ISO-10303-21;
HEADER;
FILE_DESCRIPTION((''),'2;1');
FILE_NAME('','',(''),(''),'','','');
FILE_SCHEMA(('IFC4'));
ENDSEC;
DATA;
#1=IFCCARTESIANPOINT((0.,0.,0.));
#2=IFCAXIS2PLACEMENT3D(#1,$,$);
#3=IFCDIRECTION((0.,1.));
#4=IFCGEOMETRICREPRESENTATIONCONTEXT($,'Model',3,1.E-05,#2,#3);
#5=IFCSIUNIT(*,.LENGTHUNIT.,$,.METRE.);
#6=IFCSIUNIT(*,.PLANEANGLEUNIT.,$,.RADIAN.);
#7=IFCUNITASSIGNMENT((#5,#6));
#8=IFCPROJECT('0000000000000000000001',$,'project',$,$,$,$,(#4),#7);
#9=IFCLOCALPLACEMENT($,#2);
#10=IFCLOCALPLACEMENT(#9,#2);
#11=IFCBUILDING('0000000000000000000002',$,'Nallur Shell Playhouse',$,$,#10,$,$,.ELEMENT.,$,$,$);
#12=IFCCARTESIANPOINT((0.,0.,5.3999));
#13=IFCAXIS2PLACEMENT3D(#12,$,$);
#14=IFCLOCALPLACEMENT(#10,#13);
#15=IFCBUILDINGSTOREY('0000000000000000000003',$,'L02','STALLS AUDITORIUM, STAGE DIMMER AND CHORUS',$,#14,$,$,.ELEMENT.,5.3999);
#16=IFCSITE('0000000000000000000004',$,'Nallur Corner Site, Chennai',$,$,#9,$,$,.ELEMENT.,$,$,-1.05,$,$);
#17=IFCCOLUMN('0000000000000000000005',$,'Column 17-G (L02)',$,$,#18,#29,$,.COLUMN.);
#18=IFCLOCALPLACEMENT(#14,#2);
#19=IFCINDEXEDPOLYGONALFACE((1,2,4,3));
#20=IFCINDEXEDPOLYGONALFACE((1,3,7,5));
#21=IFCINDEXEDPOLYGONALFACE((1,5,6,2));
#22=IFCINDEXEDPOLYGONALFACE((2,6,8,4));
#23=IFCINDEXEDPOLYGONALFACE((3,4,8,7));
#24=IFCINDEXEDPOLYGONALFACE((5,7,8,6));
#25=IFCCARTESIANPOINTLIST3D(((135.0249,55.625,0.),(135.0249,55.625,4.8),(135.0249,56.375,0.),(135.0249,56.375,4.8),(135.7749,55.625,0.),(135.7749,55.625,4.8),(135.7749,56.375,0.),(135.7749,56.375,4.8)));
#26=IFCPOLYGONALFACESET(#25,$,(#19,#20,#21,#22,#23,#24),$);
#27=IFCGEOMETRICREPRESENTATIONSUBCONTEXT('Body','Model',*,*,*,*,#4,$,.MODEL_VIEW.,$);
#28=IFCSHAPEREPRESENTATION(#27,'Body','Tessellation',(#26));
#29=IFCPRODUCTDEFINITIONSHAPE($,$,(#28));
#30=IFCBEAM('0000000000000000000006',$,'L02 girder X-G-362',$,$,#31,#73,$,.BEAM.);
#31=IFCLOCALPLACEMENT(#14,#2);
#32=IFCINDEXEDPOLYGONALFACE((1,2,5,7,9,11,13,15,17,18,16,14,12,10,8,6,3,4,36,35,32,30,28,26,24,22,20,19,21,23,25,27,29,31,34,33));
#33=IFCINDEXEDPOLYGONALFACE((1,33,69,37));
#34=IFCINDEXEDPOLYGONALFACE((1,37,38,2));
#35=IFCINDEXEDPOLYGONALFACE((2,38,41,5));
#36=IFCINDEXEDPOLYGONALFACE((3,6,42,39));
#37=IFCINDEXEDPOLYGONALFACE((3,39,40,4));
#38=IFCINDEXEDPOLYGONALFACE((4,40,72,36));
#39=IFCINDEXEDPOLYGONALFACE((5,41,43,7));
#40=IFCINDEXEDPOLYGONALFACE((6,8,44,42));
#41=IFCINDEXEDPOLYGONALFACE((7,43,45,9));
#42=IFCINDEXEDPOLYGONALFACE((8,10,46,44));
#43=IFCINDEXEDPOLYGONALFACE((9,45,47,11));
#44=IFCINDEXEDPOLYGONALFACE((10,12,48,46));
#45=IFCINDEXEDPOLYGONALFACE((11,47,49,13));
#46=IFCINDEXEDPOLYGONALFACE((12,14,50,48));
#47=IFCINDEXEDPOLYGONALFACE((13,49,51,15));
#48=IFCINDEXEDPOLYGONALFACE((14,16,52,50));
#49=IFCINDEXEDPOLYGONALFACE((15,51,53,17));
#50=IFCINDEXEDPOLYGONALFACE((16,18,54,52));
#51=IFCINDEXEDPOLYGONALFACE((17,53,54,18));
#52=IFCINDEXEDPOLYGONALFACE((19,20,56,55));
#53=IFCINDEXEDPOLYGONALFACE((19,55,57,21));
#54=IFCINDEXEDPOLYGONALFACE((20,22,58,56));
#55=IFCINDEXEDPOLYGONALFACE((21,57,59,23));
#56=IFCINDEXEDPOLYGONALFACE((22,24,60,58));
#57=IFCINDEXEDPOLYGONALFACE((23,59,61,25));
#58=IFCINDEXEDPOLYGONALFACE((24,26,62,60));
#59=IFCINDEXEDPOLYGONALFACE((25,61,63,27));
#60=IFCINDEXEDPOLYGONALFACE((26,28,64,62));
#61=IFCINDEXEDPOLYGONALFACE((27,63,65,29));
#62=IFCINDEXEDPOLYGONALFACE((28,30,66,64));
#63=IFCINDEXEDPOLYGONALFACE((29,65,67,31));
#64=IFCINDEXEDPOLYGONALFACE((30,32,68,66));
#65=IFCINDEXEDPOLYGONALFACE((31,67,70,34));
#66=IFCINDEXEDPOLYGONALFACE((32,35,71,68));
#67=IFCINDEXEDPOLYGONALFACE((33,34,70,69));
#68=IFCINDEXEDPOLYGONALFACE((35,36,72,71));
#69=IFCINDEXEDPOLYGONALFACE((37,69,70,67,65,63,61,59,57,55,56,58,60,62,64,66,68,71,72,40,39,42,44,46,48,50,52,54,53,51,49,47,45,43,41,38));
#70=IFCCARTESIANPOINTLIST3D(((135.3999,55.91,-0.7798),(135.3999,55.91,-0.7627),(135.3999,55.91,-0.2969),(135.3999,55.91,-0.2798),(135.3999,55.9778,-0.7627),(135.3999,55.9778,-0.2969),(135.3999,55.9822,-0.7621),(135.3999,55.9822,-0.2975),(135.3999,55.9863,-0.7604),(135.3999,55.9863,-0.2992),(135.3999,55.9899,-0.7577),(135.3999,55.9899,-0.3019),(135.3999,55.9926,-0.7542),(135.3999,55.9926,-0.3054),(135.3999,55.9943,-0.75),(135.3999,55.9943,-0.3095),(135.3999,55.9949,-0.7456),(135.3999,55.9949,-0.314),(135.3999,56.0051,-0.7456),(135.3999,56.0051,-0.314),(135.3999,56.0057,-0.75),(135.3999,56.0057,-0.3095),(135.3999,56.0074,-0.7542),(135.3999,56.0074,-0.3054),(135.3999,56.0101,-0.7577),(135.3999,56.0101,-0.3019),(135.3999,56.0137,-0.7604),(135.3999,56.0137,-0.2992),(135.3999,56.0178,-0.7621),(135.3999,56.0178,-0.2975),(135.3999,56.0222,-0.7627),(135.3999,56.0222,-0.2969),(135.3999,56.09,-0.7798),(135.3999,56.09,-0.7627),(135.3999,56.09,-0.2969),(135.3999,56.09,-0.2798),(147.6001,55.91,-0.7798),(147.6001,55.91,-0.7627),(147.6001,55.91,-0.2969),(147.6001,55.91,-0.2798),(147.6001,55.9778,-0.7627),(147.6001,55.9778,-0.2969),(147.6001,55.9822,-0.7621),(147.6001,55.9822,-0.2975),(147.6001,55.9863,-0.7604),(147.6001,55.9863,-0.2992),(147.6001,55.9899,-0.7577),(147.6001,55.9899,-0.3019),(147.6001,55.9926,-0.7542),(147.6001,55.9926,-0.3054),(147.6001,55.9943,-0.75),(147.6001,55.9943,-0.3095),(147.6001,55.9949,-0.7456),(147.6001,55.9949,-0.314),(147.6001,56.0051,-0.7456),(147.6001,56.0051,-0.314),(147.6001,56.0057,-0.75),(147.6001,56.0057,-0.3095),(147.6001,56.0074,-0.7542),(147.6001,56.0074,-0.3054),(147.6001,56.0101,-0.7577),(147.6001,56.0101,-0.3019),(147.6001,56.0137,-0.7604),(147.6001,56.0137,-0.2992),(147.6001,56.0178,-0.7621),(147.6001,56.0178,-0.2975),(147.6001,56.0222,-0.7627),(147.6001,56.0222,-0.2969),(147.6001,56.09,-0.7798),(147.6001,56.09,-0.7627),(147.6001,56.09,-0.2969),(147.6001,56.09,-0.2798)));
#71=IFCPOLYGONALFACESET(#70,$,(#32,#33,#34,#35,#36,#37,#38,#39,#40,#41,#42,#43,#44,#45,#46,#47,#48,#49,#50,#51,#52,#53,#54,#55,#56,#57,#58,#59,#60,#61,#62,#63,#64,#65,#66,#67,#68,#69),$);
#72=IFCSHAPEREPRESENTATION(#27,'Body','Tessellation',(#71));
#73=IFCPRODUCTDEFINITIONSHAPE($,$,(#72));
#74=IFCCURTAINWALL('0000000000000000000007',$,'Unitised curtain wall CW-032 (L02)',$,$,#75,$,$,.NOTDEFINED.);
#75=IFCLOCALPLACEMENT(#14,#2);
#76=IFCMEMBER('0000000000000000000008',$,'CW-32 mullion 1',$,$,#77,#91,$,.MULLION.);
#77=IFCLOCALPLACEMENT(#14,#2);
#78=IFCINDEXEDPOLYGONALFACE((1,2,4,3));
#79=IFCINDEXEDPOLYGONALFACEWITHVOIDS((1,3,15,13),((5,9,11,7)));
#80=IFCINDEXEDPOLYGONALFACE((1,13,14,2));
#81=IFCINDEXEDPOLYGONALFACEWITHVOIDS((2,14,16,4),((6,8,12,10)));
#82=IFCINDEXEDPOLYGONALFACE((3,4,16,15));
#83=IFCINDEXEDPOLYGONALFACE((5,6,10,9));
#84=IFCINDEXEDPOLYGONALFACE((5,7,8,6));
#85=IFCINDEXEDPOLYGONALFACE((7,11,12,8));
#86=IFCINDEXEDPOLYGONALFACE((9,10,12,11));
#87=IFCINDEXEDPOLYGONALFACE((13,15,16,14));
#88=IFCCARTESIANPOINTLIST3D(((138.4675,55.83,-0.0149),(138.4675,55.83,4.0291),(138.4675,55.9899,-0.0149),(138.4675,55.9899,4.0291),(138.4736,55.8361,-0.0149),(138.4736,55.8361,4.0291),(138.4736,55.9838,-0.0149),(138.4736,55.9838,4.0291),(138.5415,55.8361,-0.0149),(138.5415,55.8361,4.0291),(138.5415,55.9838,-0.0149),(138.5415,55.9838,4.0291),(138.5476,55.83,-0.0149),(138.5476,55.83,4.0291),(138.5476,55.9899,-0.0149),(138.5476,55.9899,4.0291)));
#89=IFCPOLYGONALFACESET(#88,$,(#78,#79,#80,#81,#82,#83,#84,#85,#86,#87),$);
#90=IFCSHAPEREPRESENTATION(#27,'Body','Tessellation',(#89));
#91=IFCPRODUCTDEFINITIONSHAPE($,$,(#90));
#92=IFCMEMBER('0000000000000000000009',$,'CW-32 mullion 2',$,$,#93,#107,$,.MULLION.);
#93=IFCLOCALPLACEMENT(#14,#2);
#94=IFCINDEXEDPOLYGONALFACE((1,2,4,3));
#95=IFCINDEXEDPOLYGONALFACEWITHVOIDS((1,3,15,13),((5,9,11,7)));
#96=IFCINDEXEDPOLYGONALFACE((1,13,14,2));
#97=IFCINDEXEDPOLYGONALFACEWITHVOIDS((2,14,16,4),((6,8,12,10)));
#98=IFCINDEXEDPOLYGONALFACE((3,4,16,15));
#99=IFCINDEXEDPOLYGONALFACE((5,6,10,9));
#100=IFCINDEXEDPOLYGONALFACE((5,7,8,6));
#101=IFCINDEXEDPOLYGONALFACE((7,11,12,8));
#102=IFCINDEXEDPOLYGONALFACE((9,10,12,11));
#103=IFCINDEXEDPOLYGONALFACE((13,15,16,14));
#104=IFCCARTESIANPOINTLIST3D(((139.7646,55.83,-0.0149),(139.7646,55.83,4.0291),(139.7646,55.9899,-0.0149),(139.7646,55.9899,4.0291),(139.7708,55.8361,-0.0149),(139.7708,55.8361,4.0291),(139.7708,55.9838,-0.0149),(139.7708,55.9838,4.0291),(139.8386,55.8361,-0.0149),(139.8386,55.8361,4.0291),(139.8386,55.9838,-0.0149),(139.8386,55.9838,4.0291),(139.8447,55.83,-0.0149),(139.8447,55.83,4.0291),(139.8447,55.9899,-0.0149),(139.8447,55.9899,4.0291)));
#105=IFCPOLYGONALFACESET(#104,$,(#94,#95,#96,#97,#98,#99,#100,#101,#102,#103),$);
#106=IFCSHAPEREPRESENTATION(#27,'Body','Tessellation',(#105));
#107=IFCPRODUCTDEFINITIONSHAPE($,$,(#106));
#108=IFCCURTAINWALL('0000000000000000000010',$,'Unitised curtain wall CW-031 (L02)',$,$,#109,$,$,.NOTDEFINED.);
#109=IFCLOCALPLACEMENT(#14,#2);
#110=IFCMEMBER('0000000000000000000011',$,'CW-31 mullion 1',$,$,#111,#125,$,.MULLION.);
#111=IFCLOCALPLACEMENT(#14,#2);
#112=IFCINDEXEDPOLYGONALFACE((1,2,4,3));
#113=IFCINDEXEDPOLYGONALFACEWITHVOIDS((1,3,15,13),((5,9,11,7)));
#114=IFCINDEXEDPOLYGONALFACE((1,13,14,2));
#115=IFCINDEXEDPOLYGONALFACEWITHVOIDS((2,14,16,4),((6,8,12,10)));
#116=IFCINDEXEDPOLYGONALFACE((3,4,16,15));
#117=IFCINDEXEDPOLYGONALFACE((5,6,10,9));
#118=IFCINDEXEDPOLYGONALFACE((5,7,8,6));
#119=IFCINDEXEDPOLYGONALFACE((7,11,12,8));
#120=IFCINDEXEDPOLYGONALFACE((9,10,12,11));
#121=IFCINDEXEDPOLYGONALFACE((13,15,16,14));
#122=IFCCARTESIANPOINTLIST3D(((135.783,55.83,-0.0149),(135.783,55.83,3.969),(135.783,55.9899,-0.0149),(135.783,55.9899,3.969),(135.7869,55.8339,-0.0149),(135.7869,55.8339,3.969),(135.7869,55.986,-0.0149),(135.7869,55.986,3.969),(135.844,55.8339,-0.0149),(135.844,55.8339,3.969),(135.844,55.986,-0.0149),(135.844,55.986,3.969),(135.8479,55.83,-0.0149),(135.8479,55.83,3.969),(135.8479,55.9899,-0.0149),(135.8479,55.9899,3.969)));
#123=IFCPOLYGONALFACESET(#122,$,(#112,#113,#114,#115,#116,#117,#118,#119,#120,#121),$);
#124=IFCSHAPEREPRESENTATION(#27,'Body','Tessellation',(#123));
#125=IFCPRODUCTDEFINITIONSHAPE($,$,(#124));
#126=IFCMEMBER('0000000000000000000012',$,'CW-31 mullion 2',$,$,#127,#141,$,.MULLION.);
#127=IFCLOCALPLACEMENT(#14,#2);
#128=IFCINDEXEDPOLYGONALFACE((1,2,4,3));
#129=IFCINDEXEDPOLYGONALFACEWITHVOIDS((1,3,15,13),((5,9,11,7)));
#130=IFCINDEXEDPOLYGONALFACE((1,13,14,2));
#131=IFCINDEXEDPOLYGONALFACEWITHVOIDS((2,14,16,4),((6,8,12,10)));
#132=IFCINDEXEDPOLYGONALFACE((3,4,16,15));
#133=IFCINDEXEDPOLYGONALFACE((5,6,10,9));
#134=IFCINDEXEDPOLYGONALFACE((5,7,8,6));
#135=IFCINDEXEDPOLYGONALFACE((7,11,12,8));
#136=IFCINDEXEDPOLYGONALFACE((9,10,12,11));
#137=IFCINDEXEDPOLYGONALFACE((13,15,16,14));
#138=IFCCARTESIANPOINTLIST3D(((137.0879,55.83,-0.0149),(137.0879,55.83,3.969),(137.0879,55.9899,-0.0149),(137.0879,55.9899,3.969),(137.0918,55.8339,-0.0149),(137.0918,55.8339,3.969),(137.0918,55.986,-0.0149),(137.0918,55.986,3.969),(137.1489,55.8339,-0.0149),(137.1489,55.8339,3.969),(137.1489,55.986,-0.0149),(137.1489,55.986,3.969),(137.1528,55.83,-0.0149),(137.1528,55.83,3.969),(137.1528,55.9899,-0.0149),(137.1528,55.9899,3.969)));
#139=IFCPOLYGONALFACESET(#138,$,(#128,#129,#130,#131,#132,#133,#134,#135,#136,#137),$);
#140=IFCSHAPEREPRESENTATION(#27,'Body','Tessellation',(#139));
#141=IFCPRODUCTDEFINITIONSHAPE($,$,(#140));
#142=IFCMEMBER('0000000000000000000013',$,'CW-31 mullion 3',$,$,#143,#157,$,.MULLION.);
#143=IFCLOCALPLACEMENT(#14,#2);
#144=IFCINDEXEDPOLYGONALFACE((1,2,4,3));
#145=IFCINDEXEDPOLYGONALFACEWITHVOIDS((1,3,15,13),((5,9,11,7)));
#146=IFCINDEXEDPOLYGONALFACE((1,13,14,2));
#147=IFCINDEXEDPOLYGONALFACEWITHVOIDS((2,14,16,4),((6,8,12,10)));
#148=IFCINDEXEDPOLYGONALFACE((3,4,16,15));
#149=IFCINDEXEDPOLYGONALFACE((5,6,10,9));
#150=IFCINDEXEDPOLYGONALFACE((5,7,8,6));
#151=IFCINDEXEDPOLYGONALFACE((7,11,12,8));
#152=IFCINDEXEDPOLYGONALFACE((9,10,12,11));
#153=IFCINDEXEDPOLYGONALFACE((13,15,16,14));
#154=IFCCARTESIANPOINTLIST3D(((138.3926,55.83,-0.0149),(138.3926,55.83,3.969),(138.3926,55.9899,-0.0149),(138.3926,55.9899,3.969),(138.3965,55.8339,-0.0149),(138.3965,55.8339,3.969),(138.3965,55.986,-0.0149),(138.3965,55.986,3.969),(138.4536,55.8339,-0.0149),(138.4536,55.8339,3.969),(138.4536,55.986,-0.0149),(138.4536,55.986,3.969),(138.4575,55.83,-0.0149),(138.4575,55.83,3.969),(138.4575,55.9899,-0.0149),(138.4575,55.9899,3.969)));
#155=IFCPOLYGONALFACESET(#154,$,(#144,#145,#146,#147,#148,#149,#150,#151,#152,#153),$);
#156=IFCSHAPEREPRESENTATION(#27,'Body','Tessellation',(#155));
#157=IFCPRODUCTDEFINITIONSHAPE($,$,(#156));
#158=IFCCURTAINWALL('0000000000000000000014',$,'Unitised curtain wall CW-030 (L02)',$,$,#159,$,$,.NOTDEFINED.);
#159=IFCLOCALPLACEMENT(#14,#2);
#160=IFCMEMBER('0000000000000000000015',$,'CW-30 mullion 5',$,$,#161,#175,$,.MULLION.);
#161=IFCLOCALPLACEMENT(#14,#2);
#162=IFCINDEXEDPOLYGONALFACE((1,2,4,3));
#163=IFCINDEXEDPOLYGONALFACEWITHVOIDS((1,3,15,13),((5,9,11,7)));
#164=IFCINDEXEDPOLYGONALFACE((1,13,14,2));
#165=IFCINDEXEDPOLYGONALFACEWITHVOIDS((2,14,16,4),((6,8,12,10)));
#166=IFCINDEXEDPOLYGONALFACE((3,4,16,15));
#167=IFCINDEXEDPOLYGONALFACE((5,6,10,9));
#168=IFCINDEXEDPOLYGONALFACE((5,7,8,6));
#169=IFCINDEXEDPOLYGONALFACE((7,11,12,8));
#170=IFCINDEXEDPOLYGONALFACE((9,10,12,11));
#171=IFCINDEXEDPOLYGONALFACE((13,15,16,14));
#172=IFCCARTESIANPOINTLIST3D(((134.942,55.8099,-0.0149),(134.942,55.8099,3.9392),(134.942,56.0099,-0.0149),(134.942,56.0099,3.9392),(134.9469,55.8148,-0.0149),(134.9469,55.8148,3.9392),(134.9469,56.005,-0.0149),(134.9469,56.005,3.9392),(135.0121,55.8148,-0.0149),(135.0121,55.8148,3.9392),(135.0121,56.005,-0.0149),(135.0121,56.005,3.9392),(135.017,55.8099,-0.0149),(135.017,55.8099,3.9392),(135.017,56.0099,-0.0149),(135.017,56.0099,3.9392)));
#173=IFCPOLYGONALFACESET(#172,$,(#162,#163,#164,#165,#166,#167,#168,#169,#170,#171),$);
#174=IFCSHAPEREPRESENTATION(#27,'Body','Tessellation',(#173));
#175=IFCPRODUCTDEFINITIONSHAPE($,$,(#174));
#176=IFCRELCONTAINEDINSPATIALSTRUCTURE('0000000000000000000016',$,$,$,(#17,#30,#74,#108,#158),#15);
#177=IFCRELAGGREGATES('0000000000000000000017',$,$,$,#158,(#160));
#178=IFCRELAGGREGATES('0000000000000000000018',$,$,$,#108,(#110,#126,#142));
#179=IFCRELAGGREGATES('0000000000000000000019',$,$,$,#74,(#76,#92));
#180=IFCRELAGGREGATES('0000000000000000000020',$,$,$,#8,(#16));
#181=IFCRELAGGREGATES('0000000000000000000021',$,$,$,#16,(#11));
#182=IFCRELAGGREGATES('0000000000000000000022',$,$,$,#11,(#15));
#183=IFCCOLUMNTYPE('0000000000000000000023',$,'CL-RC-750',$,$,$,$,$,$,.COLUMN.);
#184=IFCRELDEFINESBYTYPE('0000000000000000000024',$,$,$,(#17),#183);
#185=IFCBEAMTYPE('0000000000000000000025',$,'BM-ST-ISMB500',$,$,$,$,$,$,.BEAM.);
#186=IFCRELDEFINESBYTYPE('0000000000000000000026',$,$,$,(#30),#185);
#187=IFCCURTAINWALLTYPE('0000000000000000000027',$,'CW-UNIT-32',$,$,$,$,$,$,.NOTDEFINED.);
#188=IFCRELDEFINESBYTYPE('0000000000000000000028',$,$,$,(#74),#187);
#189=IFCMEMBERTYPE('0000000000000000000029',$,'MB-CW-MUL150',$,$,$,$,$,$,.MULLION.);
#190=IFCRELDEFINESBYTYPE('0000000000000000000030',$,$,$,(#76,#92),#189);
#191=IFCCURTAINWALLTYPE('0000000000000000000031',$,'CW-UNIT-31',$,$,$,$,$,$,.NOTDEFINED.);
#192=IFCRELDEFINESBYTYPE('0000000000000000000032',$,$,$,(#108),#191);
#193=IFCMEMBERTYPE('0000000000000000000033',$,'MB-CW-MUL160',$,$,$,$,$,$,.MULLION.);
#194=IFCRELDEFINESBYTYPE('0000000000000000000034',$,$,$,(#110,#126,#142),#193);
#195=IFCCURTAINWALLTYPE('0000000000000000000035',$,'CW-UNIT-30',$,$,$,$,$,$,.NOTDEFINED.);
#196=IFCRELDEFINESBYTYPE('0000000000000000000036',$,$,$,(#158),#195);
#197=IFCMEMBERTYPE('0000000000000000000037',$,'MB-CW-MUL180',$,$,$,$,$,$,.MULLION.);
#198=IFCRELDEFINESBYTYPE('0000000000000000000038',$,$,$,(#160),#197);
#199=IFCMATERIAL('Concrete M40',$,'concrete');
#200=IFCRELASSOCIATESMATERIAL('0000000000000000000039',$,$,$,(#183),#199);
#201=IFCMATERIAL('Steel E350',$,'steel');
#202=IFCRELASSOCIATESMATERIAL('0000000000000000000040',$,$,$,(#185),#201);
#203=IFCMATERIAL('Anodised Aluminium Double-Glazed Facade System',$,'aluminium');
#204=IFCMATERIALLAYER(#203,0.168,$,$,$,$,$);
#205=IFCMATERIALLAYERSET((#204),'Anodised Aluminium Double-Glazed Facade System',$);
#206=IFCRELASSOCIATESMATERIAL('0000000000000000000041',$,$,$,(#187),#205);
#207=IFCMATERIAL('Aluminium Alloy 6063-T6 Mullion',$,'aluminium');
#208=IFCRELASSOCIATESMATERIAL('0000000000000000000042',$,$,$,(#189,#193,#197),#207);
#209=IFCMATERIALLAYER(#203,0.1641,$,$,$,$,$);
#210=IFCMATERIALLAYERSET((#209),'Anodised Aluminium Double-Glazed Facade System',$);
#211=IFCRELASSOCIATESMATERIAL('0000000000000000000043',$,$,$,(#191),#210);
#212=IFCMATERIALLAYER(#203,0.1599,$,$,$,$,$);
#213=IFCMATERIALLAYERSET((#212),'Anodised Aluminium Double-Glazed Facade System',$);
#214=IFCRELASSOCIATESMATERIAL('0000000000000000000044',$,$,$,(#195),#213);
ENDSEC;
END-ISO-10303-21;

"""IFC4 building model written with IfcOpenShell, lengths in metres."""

from ifc_helpers import new_model, si_unit, direction, frame, origin, origin_2d, place, context, subcontext, project, spatial, rectangle, hollow_rectangle, i_section, extrude, material, layer, layer_set, material_profile, profile_set, type_object, element, aggregate, save


model = new_model("IFC4")

# Units and contexts
model_context = context("Model", 3, precision=1e-05, world=origin(), true_north=direction((0.0, 1.0)))
body_context = subcontext(model_context, "Body", "Model", "MODEL_VIEW")
ifc_project = project(units=[si_unit("LENGTHUNIT", "METRE"), si_unit("PLANEANGLEUNIT", "RADIAN")], contexts=[model_context])

# Site, building, storey
site_placement = place(None, origin())
site = spatial("IfcSite", under=ifc_project, at=site_placement, Name="Nallur Corner Site, Chennai", CompositionType="ELEMENT", RefElevation=-1.05)
building_placement = place(site_placement, origin())
building = spatial("IfcBuilding", under=site, at=building_placement, Name="Nallur Shell Playhouse", CompositionType="ELEMENT")
storey_placement = place(building_placement, frame((0.0, 0.0, 5.3999)))
storey = spatial("IfcBuildingStorey", under=building, at=storey_placement, Name="L02", Description="STALLS AUDITORIUM, STAGE DIMMER AND CHORUS", CompositionType="ELEMENT", Elevation=5.3999)

# Column
ifc_material_1 = material(Name="Concrete M40", Category="concrete")
ifc_material_profile_1 = material_profile(ifc_material_1, rectangle(XDim=0.75, YDim=0.75, at=origin_2d()), Name="RC 750x750")
ifc_profile_set_1 = profile_set([ifc_material_profile_1], Name="Concrete M40")
column_type = type_object("IfcColumnType", Name="CL-RC-750", PredefinedType="COLUMN", material=ifc_profile_set_1)
column_placement = place(storey_placement, frame((135.3999, 56.0, 0.0), z_axis=(0.0, 0.0, 1.0), x_axis=(1.0, 0.0, 0.0)))
element("IfcColumn", 1, at=column_placement, inside=storey, type_object=column_type, Name="Column 17-G (L02)", PredefinedType="COLUMN", context=body_context, shape_type="SweptSolid", body=[
    extrude(rectangle(XDim=0.75, YDim=0.75, at=origin_2d()), origin(), (0.0, 0.0, 1.0), 4.8),
])

# Beam
ifc_material_2 = material(Name="Steel E350", Category="steel")
ifc_material_profile_2 = material_profile(ifc_material_2, i_section(OverallWidth=0.1799, OverallDepth=0.5, WebThickness=0.0103, FlangeThickness=0.0171, FilletRadius=0.0171, at=origin_2d()), Name="ISMB 500")
ifc_profile_set_2 = profile_set([ifc_material_profile_2], Name="Steel E350")
beam_type = type_object("IfcBeamType", Name="BM-ST-ISMB500", PredefinedType="BEAM", material=ifc_profile_set_2)
beam_placement = place(storey_placement, frame((135.3999, 56.0, -0.5298), z_axis=(1.0, 0.0, 0.0), x_axis=(0.0, 1.0, 0.0)))
element("IfcBeam", 2, at=beam_placement, inside=storey, type_object=beam_type, Name="L02 girder X-G-362", PredefinedType="BEAM", context=body_context, shape_type="SweptSolid", body=[
    extrude(i_section(OverallWidth=0.1799, OverallDepth=0.5, WebThickness=0.0103, FlangeThickness=0.0171, FilletRadius=0.0171, at=origin_2d()), origin(), (0.0, 0.0, 1.0), 12.2002),
])

# Curtain walls, members
ifc_material_3 = material(Name="Anodised Aluminium Double-Glazed Facade System", Category="aluminium")
ifc_layer_1 = layer(ifc_material_3, 0.168)
ifc_layer_set_1 = layer_set([ifc_layer_1], Name="Anodised Aluminium Double-Glazed Facade System")
curtain_wall_type_1 = type_object("IfcCurtainWallType", Name="CW-UNIT-32", PredefinedType="NOTDEFINED", material=ifc_layer_set_1)
curtain_wall_1_placement = place(storey_placement, origin())
curtain_wall_1 = element("IfcCurtainWall", 3, at=curtain_wall_1_placement, inside=storey, type_object=curtain_wall_type_1, Name="Unitised curtain wall CW-032 (L02)", PredefinedType="NOTDEFINED")
ifc_material_4 = material(Name="Aluminium Alloy 6063-T6 Mullion", Category="aluminium")
ifc_material_profile_3 = material_profile(ifc_material_4, hollow_rectangle(XDim=0.0801, YDim=0.1599, WallThickness=0.0061, at=origin_2d()), Name="RHS 160x80x6")
ifc_profile_set_3 = profile_set([ifc_material_profile_3], Name="Aluminium Alloy 6063-T6 Mullion")
member_type_1 = type_object("IfcMemberType", Name="MB-CW-MUL150", PredefinedType="MULLION", material=ifc_profile_set_3)
member_1_placement = place(storey_placement, frame((138.5076, 55.9099, -0.0149), z_axis=(0.0, 0.0, 1.0), x_axis=(1.0, 0.0, 0.0)))
member_1 = element("IfcMember", 4, at=member_1_placement, type_object=member_type_1, Name="CW-32 mullion 1", PredefinedType="MULLION", context=body_context, shape_type="SweptSolid", body=[
    extrude(hollow_rectangle(XDim=0.0801, YDim=0.1599, WallThickness=0.0061, at=origin_2d()), origin(), (0.0, 0.0, 1.0), 4.0439),
])
member_2_placement = place(storey_placement, frame((139.8047, 55.9099, -0.0149), z_axis=(0.0, 0.0, 1.0), x_axis=(1.0, 0.0, 0.0)))
member_2 = element("IfcMember", 5, at=member_2_placement, type_object=member_type_1, Name="CW-32 mullion 2", PredefinedType="MULLION", context=body_context, shape_type="SweptSolid", body=[
    extrude(hollow_rectangle(XDim=0.0801, YDim=0.1599, WallThickness=0.0061, at=origin_2d()), origin(), (0.0, 0.0, 1.0), 4.0439),
])
ifc_layer_2 = layer(ifc_material_3, 0.1641)
ifc_layer_set_2 = layer_set([ifc_layer_2], Name="Anodised Aluminium Double-Glazed Facade System")
curtain_wall_type_2 = type_object("IfcCurtainWallType", Name="CW-UNIT-31", PredefinedType="NOTDEFINED", material=ifc_layer_set_2)
curtain_wall_2_placement = place(storey_placement, origin())
curtain_wall_2 = element("IfcCurtainWall", 6, at=curtain_wall_2_placement, inside=storey, type_object=curtain_wall_type_2, Name="Unitised curtain wall CW-031 (L02)", PredefinedType="NOTDEFINED")
ifc_material_profile_4 = material_profile(ifc_material_4, hollow_rectangle(XDim=0.0649, YDim=0.1599, WallThickness=0.0039, at=origin_2d()), Name="ALU 65x160x4")
ifc_profile_set_4 = profile_set([ifc_material_profile_4], Name="Aluminium Alloy 6063-T6 Mullion")
member_type_2 = type_object("IfcMemberType", Name="MB-CW-MUL160", PredefinedType="MULLION", material=ifc_profile_set_4)
member_3_placement = place(storey_placement, frame((135.8154, 55.9099, -0.0149), z_axis=(0.0, 0.0, 1.0), x_axis=(1.0, 0.0, 0.0)))
member_3 = element("IfcMember", 7, at=member_3_placement, type_object=member_type_2, Name="CW-31 mullion 1", PredefinedType="MULLION", context=body_context, shape_type="SweptSolid", body=[
    extrude(hollow_rectangle(XDim=0.0649, YDim=0.1599, WallThickness=0.0039, at=origin_2d()), origin(), (0.0, 0.0, 1.0), 3.9839),
])
member_4_placement = place(storey_placement, frame((137.1204, 55.9099, -0.0149), z_axis=(0.0, 0.0, 1.0), x_axis=(1.0, 0.0, 0.0)))
member_4 = element("IfcMember", 8, at=member_4_placement, type_object=member_type_2, Name="CW-31 mullion 2", PredefinedType="MULLION", context=body_context, shape_type="SweptSolid", body=[
    extrude(hollow_rectangle(XDim=0.0649, YDim=0.1599, WallThickness=0.0039, at=origin_2d()), origin(), (0.0, 0.0, 1.0), 3.9839),
])
member_5_placement = place(storey_placement, frame((138.425, 55.9099, -0.0149), z_axis=(0.0, 0.0, 1.0), x_axis=(1.0, 0.0, 0.0)))
member_5 = element("IfcMember", 9, at=member_5_placement, type_object=member_type_2, Name="CW-31 mullion 3", PredefinedType="MULLION", context=body_context, shape_type="SweptSolid", body=[
    extrude(hollow_rectangle(XDim=0.0649, YDim=0.1599, WallThickness=0.0039, at=origin_2d()), origin(), (0.0, 0.0, 1.0), 3.9839),
])

# Curtain wall, member
ifc_layer_3 = layer(ifc_material_3, 0.1599)
ifc_layer_set_3 = layer_set([ifc_layer_3], Name="Anodised Aluminium Double-Glazed Facade System")
curtain_wall_type_3 = type_object("IfcCurtainWallType", Name="CW-UNIT-30", PredefinedType="NOTDEFINED", material=ifc_layer_set_3)
curtain_wall_3_placement = place(storey_placement, origin())
curtain_wall_3 = element("IfcCurtainWall", 10, at=curtain_wall_3_placement, inside=storey, type_object=curtain_wall_type_3, Name="Unitised curtain wall CW-030 (L02)", PredefinedType="NOTDEFINED")
ifc_material_profile_5 = material_profile(ifc_material_4, hollow_rectangle(XDim=0.075, YDim=0.2, WallThickness=0.0049, at=origin_2d()), Name="ALU 75x200x5")
ifc_profile_set_5 = profile_set([ifc_material_profile_5], Name="Aluminium Alloy 6063-T6 Mullion")
member_type_3 = type_object("IfcMemberType", Name="MB-CW-MUL180", PredefinedType="MULLION", material=ifc_profile_set_5)
member_6_placement = place(storey_placement, frame((134.9795, 55.9099, -0.0149), z_axis=(0.0, 0.0, 1.0), x_axis=(1.0, 0.0, 0.0)))
member_6 = element("IfcMember", 11, at=member_6_placement, type_object=member_type_3, Name="CW-30 mullion 5", PredefinedType="MULLION", context=body_context, shape_type="SweptSolid", body=[
    extrude(hollow_rectangle(XDim=0.075, YDim=0.2, WallThickness=0.0049, at=origin_2d()), origin(), (0.0, 0.0, 1.0), 3.9541),
])

aggregate(curtain_wall_3, [member_6])
aggregate(curtain_wall_2, [member_3, member_4, member_5])
aggregate(curtain_wall_1, [member_1, member_2])

save(model, "model.ifc")
